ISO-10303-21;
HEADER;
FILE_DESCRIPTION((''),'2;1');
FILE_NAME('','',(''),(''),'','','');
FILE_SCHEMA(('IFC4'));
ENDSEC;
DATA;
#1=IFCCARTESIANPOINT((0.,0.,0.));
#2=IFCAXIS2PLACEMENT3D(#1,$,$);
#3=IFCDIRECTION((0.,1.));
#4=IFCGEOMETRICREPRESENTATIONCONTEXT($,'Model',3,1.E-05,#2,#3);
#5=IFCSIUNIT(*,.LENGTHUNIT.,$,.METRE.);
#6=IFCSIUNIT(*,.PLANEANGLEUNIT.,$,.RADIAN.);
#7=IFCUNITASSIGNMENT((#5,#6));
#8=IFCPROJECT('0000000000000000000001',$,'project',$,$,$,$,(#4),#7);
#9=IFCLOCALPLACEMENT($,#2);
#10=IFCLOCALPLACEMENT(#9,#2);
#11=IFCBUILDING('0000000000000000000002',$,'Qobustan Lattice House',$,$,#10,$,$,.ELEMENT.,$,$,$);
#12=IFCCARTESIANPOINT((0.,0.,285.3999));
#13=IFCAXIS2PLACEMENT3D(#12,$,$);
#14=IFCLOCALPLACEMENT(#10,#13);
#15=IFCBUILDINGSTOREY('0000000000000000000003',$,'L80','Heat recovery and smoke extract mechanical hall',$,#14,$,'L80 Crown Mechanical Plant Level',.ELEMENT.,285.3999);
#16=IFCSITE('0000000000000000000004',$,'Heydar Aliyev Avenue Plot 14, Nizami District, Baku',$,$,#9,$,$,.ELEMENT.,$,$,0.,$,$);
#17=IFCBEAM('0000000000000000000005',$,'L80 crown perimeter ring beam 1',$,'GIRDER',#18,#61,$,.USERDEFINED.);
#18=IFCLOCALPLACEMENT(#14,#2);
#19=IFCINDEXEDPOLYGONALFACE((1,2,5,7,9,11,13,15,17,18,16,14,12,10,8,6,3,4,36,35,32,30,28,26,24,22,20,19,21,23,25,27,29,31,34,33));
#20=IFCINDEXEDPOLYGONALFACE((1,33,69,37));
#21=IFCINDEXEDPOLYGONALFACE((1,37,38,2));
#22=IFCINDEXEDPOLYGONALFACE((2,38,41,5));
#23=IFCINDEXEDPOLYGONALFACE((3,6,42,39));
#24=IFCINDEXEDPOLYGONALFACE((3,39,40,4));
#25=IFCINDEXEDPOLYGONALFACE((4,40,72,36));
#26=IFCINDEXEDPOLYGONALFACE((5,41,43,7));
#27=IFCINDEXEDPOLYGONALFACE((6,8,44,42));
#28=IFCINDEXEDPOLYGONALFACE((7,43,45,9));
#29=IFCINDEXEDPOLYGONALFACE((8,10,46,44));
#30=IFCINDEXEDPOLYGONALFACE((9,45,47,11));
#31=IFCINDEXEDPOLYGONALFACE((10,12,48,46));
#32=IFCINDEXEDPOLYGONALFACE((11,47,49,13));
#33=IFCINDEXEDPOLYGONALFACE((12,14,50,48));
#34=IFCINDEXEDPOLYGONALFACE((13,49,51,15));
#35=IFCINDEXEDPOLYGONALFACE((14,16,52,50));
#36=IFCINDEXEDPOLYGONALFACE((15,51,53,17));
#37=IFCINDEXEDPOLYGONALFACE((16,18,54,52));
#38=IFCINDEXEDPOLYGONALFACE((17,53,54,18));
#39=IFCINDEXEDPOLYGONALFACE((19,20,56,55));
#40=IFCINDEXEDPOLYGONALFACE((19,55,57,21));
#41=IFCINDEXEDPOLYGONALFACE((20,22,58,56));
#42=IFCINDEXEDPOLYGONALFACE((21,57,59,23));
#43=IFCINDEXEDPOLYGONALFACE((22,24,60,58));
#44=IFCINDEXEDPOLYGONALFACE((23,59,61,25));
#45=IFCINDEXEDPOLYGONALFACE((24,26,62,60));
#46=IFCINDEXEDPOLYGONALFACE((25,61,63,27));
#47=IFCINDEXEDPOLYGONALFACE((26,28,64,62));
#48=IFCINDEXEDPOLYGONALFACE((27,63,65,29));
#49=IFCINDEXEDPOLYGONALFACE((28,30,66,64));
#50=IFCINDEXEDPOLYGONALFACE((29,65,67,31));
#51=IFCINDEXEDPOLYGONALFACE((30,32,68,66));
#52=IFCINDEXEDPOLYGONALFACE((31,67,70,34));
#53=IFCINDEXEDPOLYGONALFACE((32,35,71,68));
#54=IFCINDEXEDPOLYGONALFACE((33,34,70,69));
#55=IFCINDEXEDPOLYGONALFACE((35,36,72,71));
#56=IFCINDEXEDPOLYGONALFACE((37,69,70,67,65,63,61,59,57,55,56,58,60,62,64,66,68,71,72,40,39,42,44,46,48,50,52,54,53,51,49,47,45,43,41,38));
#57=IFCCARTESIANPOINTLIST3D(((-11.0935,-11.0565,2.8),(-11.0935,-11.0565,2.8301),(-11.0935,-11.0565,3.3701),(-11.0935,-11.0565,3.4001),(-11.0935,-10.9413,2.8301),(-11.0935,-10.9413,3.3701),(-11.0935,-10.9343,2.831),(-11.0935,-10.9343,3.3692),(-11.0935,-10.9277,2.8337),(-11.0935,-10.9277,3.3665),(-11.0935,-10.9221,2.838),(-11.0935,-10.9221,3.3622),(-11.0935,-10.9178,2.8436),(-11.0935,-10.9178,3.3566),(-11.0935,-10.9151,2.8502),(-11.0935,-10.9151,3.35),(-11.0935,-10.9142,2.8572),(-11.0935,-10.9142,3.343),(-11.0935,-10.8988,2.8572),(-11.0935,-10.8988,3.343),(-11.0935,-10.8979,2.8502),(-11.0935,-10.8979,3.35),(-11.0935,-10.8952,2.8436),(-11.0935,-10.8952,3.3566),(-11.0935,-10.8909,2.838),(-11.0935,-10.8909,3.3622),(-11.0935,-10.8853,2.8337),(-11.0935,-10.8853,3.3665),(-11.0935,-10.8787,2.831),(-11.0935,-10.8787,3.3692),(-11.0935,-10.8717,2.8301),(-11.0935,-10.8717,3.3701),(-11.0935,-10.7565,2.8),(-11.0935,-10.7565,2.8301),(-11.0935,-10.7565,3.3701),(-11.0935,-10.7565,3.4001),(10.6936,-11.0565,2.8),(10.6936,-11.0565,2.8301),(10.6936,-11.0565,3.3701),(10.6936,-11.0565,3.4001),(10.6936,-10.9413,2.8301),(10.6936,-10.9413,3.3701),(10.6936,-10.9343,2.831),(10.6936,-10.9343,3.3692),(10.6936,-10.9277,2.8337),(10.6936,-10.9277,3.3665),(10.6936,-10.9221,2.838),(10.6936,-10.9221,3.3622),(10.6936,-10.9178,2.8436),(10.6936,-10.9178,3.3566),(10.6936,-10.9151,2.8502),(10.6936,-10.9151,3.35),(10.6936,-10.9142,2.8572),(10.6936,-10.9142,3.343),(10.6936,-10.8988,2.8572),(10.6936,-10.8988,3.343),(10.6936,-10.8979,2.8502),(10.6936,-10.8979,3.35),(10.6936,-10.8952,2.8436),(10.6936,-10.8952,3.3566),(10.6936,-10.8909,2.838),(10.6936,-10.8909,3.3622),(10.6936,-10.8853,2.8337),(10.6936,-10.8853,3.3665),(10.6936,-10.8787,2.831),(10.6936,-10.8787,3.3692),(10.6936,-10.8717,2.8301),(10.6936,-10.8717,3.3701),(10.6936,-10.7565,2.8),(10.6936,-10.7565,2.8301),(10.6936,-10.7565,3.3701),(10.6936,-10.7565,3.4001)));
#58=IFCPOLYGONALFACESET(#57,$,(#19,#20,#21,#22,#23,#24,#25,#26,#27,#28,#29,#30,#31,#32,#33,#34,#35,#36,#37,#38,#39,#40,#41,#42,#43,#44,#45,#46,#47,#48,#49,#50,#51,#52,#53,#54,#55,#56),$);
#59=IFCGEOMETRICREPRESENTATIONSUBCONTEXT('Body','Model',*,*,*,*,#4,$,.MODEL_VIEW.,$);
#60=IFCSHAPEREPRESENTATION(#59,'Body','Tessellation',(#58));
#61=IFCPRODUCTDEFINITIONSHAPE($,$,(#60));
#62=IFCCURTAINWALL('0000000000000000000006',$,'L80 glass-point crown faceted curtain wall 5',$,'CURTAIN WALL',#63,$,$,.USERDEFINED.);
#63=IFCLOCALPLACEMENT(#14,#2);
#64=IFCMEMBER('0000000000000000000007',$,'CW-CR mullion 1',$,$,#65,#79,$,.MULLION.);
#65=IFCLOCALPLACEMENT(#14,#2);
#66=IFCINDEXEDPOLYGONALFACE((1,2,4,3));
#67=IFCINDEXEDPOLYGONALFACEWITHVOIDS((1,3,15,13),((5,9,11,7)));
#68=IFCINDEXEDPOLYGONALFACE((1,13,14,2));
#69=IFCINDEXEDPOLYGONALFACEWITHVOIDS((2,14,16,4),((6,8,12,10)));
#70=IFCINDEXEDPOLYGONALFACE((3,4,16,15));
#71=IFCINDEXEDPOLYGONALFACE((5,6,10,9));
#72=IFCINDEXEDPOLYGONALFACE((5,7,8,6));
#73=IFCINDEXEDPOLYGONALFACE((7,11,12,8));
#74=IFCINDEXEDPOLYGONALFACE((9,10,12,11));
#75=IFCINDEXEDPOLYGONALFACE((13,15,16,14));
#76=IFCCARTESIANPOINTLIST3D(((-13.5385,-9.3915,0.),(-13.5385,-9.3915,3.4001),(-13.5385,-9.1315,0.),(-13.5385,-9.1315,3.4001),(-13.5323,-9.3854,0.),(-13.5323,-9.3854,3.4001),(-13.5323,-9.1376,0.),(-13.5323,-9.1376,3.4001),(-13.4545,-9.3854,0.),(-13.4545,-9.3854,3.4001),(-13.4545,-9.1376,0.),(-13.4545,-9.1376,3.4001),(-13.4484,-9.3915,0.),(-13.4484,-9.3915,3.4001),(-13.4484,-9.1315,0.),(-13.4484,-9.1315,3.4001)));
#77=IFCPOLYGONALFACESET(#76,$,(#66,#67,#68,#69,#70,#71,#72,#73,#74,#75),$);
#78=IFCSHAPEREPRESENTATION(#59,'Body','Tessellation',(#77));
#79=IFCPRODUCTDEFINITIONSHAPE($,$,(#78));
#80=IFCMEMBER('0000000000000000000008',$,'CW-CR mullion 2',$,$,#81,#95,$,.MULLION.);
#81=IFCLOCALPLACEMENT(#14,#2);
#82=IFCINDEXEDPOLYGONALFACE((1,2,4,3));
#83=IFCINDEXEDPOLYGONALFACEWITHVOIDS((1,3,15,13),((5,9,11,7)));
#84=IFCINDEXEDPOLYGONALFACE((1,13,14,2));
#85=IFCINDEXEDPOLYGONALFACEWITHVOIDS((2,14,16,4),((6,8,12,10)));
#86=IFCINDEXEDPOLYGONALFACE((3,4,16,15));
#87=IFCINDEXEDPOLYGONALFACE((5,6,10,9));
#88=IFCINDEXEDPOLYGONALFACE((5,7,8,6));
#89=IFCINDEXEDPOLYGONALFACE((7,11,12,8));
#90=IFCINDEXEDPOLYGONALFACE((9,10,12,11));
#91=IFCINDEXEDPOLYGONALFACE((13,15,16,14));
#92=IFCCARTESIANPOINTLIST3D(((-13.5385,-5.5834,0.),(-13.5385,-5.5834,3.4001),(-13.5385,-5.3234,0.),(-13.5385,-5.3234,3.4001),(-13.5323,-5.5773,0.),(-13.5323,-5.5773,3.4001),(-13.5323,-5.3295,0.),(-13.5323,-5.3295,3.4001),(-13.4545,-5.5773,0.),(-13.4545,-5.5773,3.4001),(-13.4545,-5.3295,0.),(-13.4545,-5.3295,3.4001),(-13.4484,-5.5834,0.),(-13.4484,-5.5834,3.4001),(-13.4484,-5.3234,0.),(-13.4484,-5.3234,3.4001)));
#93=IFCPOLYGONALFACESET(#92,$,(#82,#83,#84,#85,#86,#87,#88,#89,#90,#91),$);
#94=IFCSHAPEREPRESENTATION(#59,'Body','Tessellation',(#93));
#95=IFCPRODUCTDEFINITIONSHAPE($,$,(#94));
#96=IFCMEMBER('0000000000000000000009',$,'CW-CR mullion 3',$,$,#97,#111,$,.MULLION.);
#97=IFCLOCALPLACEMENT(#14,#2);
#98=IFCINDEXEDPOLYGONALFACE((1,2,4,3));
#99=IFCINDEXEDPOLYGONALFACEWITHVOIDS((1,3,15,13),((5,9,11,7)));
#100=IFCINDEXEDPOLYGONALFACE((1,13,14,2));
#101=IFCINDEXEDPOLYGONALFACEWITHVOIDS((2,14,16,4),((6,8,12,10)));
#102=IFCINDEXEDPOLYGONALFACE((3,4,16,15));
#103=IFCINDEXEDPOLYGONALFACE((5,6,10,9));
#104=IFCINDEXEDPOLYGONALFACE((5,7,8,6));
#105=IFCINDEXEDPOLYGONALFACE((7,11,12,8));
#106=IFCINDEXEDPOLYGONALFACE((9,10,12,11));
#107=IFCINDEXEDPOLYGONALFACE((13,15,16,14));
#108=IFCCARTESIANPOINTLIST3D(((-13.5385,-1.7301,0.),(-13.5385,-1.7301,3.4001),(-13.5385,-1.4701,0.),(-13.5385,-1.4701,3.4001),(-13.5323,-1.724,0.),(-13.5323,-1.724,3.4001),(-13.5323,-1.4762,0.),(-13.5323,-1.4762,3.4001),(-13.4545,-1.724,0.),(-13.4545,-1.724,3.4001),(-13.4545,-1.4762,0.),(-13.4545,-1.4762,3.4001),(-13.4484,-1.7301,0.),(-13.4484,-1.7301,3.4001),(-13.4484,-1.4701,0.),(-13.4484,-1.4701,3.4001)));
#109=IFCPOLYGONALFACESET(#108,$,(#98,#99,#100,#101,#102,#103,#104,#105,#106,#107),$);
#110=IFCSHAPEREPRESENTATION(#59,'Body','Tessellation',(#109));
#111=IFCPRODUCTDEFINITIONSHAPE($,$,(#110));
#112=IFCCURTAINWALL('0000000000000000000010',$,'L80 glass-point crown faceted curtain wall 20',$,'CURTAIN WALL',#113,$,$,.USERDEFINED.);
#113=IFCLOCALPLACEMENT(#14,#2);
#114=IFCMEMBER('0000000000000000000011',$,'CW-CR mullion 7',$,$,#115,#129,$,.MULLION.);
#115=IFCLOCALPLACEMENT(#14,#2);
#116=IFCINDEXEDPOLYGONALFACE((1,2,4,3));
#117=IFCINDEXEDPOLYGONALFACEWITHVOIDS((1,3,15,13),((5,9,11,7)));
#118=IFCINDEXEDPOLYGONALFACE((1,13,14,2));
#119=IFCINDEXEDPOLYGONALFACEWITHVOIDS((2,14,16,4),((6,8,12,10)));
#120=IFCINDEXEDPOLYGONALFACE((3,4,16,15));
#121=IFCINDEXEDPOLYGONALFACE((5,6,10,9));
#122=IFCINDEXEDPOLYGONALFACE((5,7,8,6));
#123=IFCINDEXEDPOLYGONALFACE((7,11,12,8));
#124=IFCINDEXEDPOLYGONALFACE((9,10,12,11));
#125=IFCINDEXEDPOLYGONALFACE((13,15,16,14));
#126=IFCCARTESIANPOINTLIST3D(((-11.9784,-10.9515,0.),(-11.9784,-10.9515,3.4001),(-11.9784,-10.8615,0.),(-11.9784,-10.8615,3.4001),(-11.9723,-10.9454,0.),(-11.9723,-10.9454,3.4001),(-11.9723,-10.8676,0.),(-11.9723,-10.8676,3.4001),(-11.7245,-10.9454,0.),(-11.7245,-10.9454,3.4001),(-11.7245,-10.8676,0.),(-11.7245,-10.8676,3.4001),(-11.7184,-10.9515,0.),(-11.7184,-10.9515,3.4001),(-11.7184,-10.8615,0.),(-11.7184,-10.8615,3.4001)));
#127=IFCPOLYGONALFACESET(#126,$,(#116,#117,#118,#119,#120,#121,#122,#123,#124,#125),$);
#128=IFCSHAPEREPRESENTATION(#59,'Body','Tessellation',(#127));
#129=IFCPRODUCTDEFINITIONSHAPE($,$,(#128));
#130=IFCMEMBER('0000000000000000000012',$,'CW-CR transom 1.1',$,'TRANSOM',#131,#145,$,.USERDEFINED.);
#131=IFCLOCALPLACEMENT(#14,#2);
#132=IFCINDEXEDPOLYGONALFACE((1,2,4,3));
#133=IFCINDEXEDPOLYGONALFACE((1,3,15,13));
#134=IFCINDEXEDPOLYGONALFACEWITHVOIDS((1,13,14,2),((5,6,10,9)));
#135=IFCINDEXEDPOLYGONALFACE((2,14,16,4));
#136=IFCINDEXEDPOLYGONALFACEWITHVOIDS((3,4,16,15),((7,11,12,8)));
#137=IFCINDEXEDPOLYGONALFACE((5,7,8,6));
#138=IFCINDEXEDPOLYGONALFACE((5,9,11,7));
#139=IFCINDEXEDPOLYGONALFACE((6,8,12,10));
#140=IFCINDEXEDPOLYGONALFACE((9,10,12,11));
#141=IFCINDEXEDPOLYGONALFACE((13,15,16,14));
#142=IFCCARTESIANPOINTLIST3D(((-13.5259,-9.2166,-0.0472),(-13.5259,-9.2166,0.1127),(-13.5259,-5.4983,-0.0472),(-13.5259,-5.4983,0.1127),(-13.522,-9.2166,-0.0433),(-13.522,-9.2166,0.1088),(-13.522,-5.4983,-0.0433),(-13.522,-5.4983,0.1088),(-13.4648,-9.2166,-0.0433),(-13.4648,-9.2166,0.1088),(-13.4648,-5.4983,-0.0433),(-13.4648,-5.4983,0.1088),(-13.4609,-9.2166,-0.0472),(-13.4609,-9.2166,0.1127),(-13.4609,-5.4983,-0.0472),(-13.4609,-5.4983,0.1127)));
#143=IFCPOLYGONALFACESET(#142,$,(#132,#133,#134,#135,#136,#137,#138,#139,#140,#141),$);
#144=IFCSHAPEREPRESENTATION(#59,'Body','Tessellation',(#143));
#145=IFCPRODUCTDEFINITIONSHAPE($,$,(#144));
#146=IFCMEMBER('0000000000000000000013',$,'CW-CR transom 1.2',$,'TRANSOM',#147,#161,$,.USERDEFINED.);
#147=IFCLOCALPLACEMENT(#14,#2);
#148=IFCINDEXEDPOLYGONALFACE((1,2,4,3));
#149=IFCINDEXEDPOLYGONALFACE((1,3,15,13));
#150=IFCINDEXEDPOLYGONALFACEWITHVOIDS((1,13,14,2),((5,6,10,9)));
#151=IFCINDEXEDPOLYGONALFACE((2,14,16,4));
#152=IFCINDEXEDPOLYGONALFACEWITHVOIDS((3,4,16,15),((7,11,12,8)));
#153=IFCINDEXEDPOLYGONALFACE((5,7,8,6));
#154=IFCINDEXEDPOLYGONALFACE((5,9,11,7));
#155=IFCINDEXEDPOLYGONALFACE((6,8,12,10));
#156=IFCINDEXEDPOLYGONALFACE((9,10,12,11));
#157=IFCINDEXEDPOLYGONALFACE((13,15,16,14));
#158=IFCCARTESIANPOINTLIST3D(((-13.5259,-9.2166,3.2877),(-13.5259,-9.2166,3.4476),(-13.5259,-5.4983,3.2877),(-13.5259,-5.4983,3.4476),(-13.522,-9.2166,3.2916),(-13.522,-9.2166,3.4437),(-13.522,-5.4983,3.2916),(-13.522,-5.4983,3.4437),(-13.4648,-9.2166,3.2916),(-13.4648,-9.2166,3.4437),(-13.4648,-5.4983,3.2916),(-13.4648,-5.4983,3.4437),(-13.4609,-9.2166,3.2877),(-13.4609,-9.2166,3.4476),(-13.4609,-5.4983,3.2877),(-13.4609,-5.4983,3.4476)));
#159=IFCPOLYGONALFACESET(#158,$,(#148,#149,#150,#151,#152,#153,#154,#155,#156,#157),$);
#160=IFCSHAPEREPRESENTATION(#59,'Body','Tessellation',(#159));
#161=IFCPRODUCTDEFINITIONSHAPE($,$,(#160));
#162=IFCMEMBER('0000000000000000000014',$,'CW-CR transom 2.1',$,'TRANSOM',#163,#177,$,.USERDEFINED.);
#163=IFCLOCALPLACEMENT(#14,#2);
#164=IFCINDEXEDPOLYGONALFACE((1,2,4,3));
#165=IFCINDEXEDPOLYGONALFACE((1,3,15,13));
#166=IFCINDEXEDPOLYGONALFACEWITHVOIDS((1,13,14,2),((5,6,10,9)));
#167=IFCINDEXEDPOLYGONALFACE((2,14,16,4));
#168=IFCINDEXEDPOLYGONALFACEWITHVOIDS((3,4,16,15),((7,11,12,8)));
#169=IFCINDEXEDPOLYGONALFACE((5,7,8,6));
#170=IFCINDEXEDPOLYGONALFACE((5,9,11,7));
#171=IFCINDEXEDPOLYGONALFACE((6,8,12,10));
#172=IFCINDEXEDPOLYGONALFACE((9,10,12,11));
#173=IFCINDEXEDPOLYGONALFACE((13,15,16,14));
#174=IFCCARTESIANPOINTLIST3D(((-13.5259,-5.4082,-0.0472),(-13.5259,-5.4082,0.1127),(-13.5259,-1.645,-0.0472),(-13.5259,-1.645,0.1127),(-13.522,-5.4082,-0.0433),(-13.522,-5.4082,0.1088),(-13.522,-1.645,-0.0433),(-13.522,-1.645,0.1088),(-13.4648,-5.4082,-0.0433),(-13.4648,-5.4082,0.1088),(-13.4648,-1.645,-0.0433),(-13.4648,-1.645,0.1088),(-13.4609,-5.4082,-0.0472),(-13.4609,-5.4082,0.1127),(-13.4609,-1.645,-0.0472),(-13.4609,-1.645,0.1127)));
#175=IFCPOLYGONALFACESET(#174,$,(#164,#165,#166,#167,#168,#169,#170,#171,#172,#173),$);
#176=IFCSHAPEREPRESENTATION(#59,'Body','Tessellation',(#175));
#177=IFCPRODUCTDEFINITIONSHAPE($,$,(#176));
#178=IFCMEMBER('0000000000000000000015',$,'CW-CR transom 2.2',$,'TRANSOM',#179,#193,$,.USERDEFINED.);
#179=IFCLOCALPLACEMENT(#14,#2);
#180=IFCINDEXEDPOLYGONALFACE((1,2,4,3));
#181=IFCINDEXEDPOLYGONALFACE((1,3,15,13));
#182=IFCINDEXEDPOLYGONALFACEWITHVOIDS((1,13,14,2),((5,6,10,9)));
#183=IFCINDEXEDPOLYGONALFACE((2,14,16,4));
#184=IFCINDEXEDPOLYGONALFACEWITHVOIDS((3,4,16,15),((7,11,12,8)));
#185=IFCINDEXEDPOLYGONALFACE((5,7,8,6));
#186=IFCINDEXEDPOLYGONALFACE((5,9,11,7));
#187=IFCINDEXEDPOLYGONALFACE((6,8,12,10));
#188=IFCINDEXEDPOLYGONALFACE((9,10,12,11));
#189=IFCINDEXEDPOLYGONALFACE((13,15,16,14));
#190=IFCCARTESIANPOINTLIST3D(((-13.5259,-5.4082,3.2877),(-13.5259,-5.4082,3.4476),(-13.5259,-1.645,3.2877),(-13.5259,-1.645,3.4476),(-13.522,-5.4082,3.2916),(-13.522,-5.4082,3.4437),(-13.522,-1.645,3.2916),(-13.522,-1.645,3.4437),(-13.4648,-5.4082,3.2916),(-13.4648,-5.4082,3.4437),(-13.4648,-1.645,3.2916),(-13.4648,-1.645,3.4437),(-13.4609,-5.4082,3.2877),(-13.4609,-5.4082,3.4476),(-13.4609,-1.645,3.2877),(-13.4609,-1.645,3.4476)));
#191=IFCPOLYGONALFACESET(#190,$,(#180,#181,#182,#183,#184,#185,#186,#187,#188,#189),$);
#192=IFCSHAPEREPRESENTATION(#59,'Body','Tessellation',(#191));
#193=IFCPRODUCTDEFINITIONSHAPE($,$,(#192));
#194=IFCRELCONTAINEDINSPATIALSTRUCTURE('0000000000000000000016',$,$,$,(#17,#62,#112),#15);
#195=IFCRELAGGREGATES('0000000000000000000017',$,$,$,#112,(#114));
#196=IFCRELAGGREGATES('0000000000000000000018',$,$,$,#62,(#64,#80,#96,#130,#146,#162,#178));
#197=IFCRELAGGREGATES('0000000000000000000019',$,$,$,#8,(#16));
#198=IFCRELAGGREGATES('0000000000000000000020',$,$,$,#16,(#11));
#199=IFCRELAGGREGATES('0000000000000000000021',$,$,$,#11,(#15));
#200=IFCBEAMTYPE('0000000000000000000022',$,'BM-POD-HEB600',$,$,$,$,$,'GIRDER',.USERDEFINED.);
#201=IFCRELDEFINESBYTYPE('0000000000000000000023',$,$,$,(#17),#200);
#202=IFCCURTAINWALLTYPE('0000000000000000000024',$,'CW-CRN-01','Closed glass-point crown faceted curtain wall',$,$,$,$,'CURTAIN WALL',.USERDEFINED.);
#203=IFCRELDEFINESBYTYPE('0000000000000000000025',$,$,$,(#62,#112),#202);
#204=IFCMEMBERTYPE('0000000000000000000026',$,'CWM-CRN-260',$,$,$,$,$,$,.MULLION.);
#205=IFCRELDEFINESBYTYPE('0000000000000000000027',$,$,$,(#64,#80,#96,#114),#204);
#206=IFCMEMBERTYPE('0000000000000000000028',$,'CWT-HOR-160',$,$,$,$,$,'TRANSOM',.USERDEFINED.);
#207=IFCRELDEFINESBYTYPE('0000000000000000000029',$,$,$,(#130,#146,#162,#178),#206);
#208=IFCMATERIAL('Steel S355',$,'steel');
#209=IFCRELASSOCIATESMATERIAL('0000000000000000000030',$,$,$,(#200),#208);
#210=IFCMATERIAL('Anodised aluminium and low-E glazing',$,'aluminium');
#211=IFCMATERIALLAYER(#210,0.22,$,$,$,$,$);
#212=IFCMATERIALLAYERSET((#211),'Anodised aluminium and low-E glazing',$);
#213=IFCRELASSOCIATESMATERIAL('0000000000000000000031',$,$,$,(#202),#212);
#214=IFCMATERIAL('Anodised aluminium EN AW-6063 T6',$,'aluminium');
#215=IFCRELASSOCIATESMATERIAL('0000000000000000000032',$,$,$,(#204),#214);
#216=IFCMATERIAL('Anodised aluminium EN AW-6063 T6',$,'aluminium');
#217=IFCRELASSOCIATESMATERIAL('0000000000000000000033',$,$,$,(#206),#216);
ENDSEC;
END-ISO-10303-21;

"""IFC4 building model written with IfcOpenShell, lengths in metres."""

from ifc_helpers import new_model, si_unit, direction, frame, origin, origin_2d, place, context, subcontext, project, spatial, hollow_rectangle, i_section, extrude, material, layer, layer_set, material_profile, profile_set, type_object, element, aggregate, save


model = new_model("IFC4")

# Units and contexts
model_context = context("Model", 3, precision=1e-05, world=origin(), true_north=direction((0.0, 1.0)))
body_context = subcontext(model_context, "Body", "Model", "MODEL_VIEW")
ifc_project = project(units=[si_unit("LENGTHUNIT", "METRE"), si_unit("PLANEANGLEUNIT", "RADIAN")], contexts=[model_context])

# Site, building, storey
site_placement = place(None, origin())
site = spatial("IfcSite", under=ifc_project, at=site_placement, Name="Heydar Aliyev Avenue Plot 14, Nizami District, Baku", CompositionType="ELEMENT", RefElevation=0.0)
building_placement = place(site_placement, origin())
building = spatial("IfcBuilding", under=site, at=building_placement, Name="Qobustan Lattice House", CompositionType="ELEMENT")
storey_placement = place(building_placement, frame((0.0, 0.0, 285.3999)))
storey = spatial("IfcBuildingStorey", under=building, at=storey_placement, Name="L80", Description="Heat recovery and smoke extract mechanical hall", LongName="L80 Crown Mechanical Plant Level", CompositionType="ELEMENT", Elevation=285.3999)

# Beam
ifc_material_1 = material(Name="Steel S355", Category="steel")
ifc_material_profile_1 = material_profile(ifc_material_1, i_section(OverallWidth=0.3, OverallDepth=0.6001, WebThickness=0.0154, FlangeThickness=0.03, FilletRadius=0.0271, at=origin_2d()), Name="HEB600")
ifc_profile_set_1 = profile_set([ifc_material_profile_1], Name="Steel S355")
beam_type = type_object("IfcBeamType", Name="BM-POD-HEB600", ElementType="GIRDER", PredefinedType="USERDEFINED", material=ifc_profile_set_1)
beam_placement = place(storey_placement, frame((-11.0935, -10.9065, 3.1001), z_axis=(1.0, 0.0, 0.0), x_axis=(0.0, 1.0, 0.0)))
element("IfcBeam", 1, at=beam_placement, inside=storey, type_object=beam_type, Name="L80 crown perimeter ring beam 1", ObjectType="GIRDER", PredefinedType="USERDEFINED", context=body_context, shape_type="SweptSolid", body=[
    extrude(i_section(OverallWidth=0.3, OverallDepth=0.6001, WebThickness=0.0154, FlangeThickness=0.03, FilletRadius=0.0271, at=origin_2d()), origin(), (0.0, 0.0, 1.0), 21.7871),
])

# Curtain wall, members
ifc_material_2 = material(Name="Anodised aluminium and low-E glazing", Category="aluminium")
ifc_layer_1 = layer(ifc_material_2, 0.22)
ifc_layer_set_1 = layer_set([ifc_layer_1], Name="Anodised aluminium and low-E glazing")
curtain_wall_type = type_object("IfcCurtainWallType", Name="CW-CRN-01", Description="Closed glass-point crown faceted curtain wall", ElementType="CURTAIN WALL", PredefinedType="USERDEFINED", material=ifc_layer_set_1)
curtain_wall_1_placement = place(storey_placement, origin())
curtain_wall_1 = element("IfcCurtainWall", 2, at=curtain_wall_1_placement, inside=storey, type_object=curtain_wall_type, Name="L80 glass-point crown faceted curtain wall 5", ObjectType="CURTAIN WALL", PredefinedType="USERDEFINED")
ifc_material_3 = material(Name="Anodised aluminium EN AW-6063 T6", Category="aluminium")
ifc_material_profile_2 = material_profile(ifc_material_3, hollow_rectangle(XDim=0.0901, YDim=0.26, WallThickness=0.0061, at=origin_2d()), Name="CWM-CROWN-260x90")
ifc_profile_set_2 = profile_set([ifc_material_profile_2], Name="Anodised aluminium EN AW-6063 T6")
member_type_1 = type_object("IfcMemberType", Name="CWM-CRN-260", PredefinedType="MULLION", material=ifc_profile_set_2)
member_1_placement = place(storey_placement, frame((-13.4934, -9.2615, 0.0), z_axis=(0.0, 0.0, 1.0), x_axis=(-1.0, 0.0, 0.0)))
member_1 = element("IfcMember", 3, at=member_1_placement, type_object=member_type_1, Name="CW-CR mullion 1", PredefinedType="MULLION", context=body_context, shape_type="SweptSolid", body=[
    extrude(hollow_rectangle(XDim=0.0901, YDim=0.26, WallThickness=0.0061, at=origin_2d()), origin(), (0.0, 0.0, 1.0), 3.4001),
])
member_2_placement = place(storey_placement, frame((-13.4934, -5.4534, 0.0), z_axis=(0.0, 0.0, 1.0), x_axis=(-1.0, 0.0, 0.0)))
member_2 = element("IfcMember", 4, at=member_2_placement, type_object=member_type_1, Name="CW-CR mullion 2", PredefinedType="MULLION", context=body_context, shape_type="SweptSolid", body=[
    extrude(hollow_rectangle(XDim=0.0901, YDim=0.26, WallThickness=0.0061, at=origin_2d()), origin(), (0.0, 0.0, 1.0), 3.4001),
])
member_3_placement = place(storey_placement, frame((-13.4934, -1.6001, 0.0), z_axis=(0.0, 0.0, 1.0), x_axis=(-1.0, 0.0, 0.0)))
member_3 = element("IfcMember", 5, at=member_3_placement, type_object=member_type_1, Name="CW-CR mullion 3", PredefinedType="MULLION", context=body_context, shape_type="SweptSolid", body=[
    extrude(hollow_rectangle(XDim=0.0901, YDim=0.26, WallThickness=0.0061, at=origin_2d()), origin(), (0.0, 0.0, 1.0), 3.4001),
])

# Curtain wall, member
curtain_wall_2_placement = place(storey_placement, origin())
curtain_wall_2 = element("IfcCurtainWall", 6, at=curtain_wall_2_placement, inside=storey, type_object=curtain_wall_type, Name="L80 glass-point crown faceted curtain wall 20", ObjectType="CURTAIN WALL", PredefinedType="USERDEFINED")
member_4_placement = place(storey_placement, frame((-11.8484, -10.9065, 0.0), z_axis=(0.0, 0.0, 1.0), x_axis=(0.0, -1.0, 0.0)))
member_4 = element("IfcMember", 7, at=member_4_placement, type_object=member_type_1, Name="CW-CR mullion 7", PredefinedType="MULLION", context=body_context, shape_type="SweptSolid", body=[
    extrude(hollow_rectangle(XDim=0.0901, YDim=0.26, WallThickness=0.0061, at=origin_2d()), origin(), (0.0, 0.0, 1.0), 3.4001),
])
aggregate(curtain_wall_2, [member_4])

# Members
ifc_material_4 = material(Name="Anodised aluminium EN AW-6063 T6", Category="aluminium")
ifc_material_profile_3 = material_profile(ifc_material_4, hollow_rectangle(XDim=0.0649, YDim=0.1599, WallThickness=0.0039, at=origin_2d()), Name="CWT-160x65")
ifc_profile_set_3 = profile_set([ifc_material_profile_3], Name="Anodised aluminium EN AW-6063 T6")
member_type_2 = type_object("IfcMemberType", Name="CWT-HOR-160", ElementType="TRANSOM", PredefinedType="USERDEFINED", material=ifc_profile_set_3)
member_5_placement = place(storey_placement, frame((-13.4934, -9.2166, 0.0327), z_axis=(0.0, 1.0, 0.0), x_axis=(-1.0, 0.0, 0.0)))
member_5 = element("IfcMember", 8, at=member_5_placement, type_object=member_type_2, Name="CW-CR transom 1.1", ObjectType="TRANSOM", PredefinedType="USERDEFINED", context=body_context, shape_type="SweptSolid", body=[
    extrude(hollow_rectangle(XDim=0.0649, YDim=0.1599, WallThickness=0.0039, at=origin_2d()), origin(), (0.0, 0.0, 1.0), 3.7183),
])
member_6_placement = place(storey_placement, frame((-13.4934, -9.2166, 3.3677), z_axis=(0.0, 1.0, 0.0), x_axis=(-1.0, 0.0, 0.0)))
member_6 = element("IfcMember", 9, at=member_6_placement, type_object=member_type_2, Name="CW-CR transom 1.2", ObjectType="TRANSOM", PredefinedType="USERDEFINED", context=body_context, shape_type="SweptSolid", body=[
    extrude(hollow_rectangle(XDim=0.0649, YDim=0.1599, WallThickness=0.0039, at=origin_2d()), origin(), (0.0, 0.0, 1.0), 3.7183),
])
member_7_placement = place(storey_placement, frame((-13.4934, -5.4082, 0.0327), z_axis=(0.0, 1.0, 0.0), x_axis=(-1.0, 0.0, 0.0)))
member_7 = element("IfcMember", 10, at=member_7_placement, type_object=member_type_2, Name="CW-CR transom 2.1", ObjectType="TRANSOM", PredefinedType="USERDEFINED", context=body_context, shape_type="SweptSolid", body=[
    extrude(hollow_rectangle(XDim=0.0649, YDim=0.1599, WallThickness=0.0039, at=origin_2d()), origin(), (0.0, 0.0, 1.0), 3.7632),
])
member_8_placement = place(storey_placement, frame((-13.4934, -5.4082, 3.3677), z_axis=(0.0, 1.0, 0.0), x_axis=(-1.0, 0.0, 0.0)))
member_8 = element("IfcMember", 11, at=member_8_placement, type_object=member_type_2, Name="CW-CR transom 2.2", ObjectType="TRANSOM", PredefinedType="USERDEFINED", context=body_context, shape_type="SweptSolid", body=[
    extrude(hollow_rectangle(XDim=0.0649, YDim=0.1599, WallThickness=0.0039, at=origin_2d()), origin(), (0.0, 0.0, 1.0), 3.7632),
])

aggregate(curtain_wall_1, [member_1, member_2, member_3, member_5, member_6, member_7, member_8])

save(model, "model.ifc")
